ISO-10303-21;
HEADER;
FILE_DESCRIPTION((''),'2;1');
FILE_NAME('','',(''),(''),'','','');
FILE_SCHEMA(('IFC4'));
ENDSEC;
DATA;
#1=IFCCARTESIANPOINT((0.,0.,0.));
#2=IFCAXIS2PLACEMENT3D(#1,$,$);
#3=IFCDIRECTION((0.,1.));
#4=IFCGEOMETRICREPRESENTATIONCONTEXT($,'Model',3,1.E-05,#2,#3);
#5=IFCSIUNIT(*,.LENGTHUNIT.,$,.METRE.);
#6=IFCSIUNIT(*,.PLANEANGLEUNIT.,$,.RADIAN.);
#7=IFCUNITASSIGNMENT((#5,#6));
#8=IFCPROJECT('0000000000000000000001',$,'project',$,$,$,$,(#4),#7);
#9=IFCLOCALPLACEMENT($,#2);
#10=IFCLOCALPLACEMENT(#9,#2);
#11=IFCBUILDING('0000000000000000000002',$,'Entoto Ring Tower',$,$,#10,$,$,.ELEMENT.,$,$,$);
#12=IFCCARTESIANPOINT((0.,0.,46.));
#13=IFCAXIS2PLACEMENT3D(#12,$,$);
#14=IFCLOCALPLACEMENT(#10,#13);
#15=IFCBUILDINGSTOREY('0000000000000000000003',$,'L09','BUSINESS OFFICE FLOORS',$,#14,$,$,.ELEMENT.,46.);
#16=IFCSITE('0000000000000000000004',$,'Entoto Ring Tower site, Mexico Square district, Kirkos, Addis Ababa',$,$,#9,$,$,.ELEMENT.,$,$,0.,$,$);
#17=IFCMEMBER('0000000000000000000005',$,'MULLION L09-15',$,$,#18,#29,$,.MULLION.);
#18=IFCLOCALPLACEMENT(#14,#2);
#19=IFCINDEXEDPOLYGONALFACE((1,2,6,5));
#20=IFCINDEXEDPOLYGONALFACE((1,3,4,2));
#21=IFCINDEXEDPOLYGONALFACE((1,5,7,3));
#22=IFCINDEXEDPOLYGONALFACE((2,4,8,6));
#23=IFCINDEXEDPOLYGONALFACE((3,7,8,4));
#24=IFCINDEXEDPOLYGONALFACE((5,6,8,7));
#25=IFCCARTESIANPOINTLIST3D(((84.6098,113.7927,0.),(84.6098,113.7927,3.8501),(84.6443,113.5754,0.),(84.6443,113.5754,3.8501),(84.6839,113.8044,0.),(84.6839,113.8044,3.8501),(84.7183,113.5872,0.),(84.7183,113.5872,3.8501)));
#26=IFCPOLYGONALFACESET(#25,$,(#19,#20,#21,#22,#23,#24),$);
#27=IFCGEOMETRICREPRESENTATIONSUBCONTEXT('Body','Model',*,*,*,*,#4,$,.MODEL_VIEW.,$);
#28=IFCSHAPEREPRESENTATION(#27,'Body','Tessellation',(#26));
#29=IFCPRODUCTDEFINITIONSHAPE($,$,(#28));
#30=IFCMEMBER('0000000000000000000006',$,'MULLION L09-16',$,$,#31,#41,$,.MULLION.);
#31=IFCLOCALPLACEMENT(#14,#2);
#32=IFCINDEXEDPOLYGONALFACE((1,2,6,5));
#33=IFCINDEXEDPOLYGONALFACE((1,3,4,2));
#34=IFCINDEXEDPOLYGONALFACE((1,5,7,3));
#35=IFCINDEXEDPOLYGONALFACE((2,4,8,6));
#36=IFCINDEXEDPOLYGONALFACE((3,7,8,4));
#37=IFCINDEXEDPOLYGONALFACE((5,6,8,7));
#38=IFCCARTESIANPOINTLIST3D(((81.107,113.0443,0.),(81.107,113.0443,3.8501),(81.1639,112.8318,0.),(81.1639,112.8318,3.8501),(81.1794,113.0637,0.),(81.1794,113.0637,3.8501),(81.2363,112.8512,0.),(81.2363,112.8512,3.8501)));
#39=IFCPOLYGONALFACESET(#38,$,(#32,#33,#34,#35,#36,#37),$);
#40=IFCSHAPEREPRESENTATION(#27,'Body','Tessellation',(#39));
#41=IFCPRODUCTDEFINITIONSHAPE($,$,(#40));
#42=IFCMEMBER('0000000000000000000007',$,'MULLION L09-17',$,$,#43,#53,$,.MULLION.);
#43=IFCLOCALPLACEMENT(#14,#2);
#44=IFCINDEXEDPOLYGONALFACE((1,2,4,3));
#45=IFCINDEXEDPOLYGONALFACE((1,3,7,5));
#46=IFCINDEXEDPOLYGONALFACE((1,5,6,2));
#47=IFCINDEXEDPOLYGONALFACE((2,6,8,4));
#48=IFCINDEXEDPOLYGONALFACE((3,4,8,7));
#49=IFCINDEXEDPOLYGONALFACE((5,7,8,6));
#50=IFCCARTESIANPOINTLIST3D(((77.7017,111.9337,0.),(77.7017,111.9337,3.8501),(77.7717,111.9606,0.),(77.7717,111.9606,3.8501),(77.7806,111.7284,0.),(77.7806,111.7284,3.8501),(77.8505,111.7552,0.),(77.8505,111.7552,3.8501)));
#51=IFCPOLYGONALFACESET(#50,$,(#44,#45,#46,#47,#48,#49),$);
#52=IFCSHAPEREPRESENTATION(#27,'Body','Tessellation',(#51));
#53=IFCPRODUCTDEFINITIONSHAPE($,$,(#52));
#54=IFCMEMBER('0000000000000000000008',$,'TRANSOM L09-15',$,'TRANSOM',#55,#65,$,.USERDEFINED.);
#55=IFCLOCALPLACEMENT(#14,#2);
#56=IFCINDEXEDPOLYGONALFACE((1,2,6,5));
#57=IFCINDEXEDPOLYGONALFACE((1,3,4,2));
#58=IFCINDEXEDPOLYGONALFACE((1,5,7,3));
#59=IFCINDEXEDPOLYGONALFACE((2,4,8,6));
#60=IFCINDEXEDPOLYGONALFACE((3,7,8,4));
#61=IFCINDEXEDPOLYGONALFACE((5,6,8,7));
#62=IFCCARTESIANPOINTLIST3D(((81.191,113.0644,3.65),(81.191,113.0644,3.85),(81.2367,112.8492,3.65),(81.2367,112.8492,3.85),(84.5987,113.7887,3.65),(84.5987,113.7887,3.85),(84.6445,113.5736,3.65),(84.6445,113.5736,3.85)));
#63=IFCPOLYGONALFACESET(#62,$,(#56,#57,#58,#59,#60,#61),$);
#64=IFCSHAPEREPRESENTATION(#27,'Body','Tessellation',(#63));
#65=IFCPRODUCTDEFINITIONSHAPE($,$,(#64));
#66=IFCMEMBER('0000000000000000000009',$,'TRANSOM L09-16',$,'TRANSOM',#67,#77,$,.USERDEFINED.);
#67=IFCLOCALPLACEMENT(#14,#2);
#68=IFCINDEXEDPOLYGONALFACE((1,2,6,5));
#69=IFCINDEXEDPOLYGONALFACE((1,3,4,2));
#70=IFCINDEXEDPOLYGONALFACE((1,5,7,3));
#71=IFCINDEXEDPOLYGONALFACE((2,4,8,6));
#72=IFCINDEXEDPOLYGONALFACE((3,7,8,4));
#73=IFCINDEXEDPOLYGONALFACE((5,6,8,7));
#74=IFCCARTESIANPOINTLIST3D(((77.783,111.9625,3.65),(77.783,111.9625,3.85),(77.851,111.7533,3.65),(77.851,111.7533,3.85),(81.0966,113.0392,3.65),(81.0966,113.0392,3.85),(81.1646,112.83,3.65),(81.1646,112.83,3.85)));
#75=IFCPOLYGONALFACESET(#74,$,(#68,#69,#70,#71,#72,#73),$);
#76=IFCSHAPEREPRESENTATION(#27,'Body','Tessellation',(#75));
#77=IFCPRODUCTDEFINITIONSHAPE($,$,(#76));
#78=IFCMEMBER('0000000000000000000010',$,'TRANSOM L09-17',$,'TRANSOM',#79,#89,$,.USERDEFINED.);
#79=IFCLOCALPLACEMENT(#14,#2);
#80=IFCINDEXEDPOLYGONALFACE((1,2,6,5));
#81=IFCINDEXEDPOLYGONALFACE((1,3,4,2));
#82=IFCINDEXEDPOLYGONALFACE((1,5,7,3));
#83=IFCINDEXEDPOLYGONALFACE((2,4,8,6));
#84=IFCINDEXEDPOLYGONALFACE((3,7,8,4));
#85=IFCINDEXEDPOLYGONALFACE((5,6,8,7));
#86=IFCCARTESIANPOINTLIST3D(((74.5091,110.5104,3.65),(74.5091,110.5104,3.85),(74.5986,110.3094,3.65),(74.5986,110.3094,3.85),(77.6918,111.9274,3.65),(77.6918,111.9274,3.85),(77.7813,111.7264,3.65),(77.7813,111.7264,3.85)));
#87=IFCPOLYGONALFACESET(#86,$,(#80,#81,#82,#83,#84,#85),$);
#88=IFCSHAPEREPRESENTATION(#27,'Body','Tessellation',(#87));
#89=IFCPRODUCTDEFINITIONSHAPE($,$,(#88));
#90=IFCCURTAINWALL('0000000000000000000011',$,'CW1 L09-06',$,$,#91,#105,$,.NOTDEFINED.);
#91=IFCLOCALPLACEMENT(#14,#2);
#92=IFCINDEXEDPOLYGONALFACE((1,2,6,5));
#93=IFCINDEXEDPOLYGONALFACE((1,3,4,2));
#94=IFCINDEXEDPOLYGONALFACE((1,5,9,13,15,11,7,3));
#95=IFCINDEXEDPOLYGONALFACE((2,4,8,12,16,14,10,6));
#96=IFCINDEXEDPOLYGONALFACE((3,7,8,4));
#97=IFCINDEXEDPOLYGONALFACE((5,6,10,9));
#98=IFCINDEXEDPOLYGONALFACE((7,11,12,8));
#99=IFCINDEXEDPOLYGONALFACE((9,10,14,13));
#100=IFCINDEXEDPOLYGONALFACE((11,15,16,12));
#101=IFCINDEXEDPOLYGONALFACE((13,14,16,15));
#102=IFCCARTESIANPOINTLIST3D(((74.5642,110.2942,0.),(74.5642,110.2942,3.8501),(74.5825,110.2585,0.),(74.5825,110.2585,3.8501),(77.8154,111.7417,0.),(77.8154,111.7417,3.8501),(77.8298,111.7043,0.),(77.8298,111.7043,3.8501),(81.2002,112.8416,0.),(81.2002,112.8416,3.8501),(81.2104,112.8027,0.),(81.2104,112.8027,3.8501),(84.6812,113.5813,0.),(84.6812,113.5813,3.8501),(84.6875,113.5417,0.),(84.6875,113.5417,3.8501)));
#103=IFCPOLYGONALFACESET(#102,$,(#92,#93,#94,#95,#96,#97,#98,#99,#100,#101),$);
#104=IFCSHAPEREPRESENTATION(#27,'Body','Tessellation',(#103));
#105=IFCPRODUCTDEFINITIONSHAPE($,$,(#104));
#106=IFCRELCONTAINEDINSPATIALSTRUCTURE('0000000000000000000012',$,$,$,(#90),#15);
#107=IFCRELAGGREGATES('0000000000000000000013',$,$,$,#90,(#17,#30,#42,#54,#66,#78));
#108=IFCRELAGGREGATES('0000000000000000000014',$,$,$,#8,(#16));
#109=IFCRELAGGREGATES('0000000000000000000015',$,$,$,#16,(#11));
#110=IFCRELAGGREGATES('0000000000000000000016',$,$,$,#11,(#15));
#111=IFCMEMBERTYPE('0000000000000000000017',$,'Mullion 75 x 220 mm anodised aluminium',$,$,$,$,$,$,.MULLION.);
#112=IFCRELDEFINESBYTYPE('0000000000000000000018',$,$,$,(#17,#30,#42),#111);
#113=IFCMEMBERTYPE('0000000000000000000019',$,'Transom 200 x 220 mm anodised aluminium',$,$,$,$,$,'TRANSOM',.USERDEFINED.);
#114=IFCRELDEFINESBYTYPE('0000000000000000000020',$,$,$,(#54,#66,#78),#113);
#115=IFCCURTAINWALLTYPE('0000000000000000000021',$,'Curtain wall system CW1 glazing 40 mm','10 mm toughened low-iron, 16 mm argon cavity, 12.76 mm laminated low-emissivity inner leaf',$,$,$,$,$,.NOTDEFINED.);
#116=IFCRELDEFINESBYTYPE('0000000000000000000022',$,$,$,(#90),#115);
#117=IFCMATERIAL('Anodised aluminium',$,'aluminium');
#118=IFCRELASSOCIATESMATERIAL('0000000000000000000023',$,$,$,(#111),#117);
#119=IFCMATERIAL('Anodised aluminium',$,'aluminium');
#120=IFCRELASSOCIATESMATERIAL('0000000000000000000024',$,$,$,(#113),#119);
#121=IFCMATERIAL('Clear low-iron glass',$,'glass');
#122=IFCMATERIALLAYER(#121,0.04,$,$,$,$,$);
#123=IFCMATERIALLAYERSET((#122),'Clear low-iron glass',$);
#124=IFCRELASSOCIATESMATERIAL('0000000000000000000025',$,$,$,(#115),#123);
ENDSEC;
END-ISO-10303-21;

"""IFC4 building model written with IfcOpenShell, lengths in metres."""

from ifc_helpers import new_model, si_unit, direction, frame, origin, origin_2d, place, context, subcontext, project, spatial, polyline, rectangle, outline, extrude, material, layer, layer_set, material_profile, profile_set, type_object, element, aggregate, save


model = new_model("IFC4")

# Units and contexts
model_context = context("Model", 3, precision=1e-05, world=origin(), true_north=direction((0.0, 1.0)))
body_context = subcontext(model_context, "Body", "Model", "MODEL_VIEW")
ifc_project = project(units=[si_unit("LENGTHUNIT", "METRE"), si_unit("PLANEANGLEUNIT", "RADIAN")], contexts=[model_context])

# Members
ifc_material_1 = material(Name="Anodised aluminium", Category="aluminium")
ifc_material_profile_1 = material_profile(ifc_material_1, rectangle(XDim=0.075, YDim=0.22, at=origin_2d()), Name="Mullion 75 x 220 mm anodised aluminium")
ifc_profile_set_1 = profile_set([ifc_material_profile_1], Name="Anodised aluminium")
member_type_1 = type_object("IfcMemberType", Name="Mullion 75 x 220 mm anodised aluminium", PredefinedType="MULLION", material=ifc_profile_set_1)
site_placement = place(None, origin())
building_placement = place(site_placement, origin())
storey_placement = place(building_placement, frame((0.0, 0.0, 46.0)))
member_1_placement = place(storey_placement, frame((84.6641, 113.6899, 0.0), z_axis=(0.0, 0.0, 1.0), x_axis=(-0.987688, -0.156434, 0.0)))
member_1 = element("IfcMember", 1, at=member_1_placement, type_object=member_type_1, Name="MULLION L09-15", PredefinedType="MULLION", context=body_context, shape_type="SweptSolid", body=[
    extrude(rectangle(XDim=0.075, YDim=0.22, at=origin_2d()), origin(), (0.0, 0.0, 1.0), 3.8501),
])
member_2_placement = place(storey_placement, frame((81.1716, 112.9478, 0.0), z_axis=(0.0, 0.0, 1.0), x_axis=(-0.965926, -0.258819, 0.0)))
member_2 = element("IfcMember", 2, at=member_2_placement, type_object=member_type_1, Name="MULLION L09-16", PredefinedType="MULLION", context=body_context, shape_type="SweptSolid", body=[
    extrude(rectangle(XDim=0.075, YDim=0.22, at=origin_2d()), origin(), (0.0, 0.0, 1.0), 3.8501),
])
member_3_placement = place(storey_placement, frame((77.7761, 111.8445, 0.0), z_axis=(0.0, 0.0, 1.0), x_axis=(-0.93358, -0.358368, 0.0)))
member_3 = element("IfcMember", 3, at=member_3_placement, type_object=member_type_1, Name="MULLION L09-17", PredefinedType="MULLION", context=body_context, shape_type="SweptSolid", body=[
    extrude(rectangle(XDim=0.075, YDim=0.22, at=origin_2d()), origin(), (0.0, 0.0, 1.0), 3.8501),
])
ifc_material_2 = material(Name="Anodised aluminium", Category="aluminium")
ifc_material_profile_2 = material_profile(ifc_material_2, rectangle(XDim=0.22, YDim=0.2, at=origin_2d()), Name="Transom 200 x 220 mm anodised aluminium")
ifc_profile_set_2 = profile_set([ifc_material_profile_2], Name="Anodised aluminium")
member_type_2 = type_object("IfcMemberType", Name="Transom 200 x 220 mm anodised aluminium", ElementType="TRANSOM", PredefinedType="USERDEFINED", material=ifc_profile_set_2)
member_4_placement = place(storey_placement, frame((84.6216, 113.6812, 3.75), z_axis=(-0.978146, -0.207921, 0.0), x_axis=(0.207921, -0.978146, 0.0)))
member_4 = element("IfcMember", 4, at=member_4_placement, type_object=member_type_2, Name="TRANSOM L09-15", ObjectType="TRANSOM", PredefinedType="USERDEFINED", context=body_context, shape_type="SweptSolid", body=[
    extrude(rectangle(XDim=0.22, YDim=0.2, at=origin_2d()), origin(), (0.0, 0.0, 1.0), 3.4839),
])
member_5_placement = place(storey_placement, frame((81.1306, 112.9346, 3.75), z_axis=(-0.951053, -0.309029, 0.0), x_axis=(0.309029, -0.951053, 0.0)))
member_5 = element("IfcMember", 5, at=member_5_placement, type_object=member_type_2, Name="TRANSOM L09-16", ObjectType="TRANSOM", PredefinedType="USERDEFINED", context=body_context, shape_type="SweptSolid", body=[
    extrude(rectangle(XDim=0.22, YDim=0.2, at=origin_2d()), origin(), (0.0, 0.0, 1.0), 3.4841),
])
member_6_placement = place(storey_placement, frame((77.7366, 111.8269, 3.75), z_axis=(-0.913545, -0.406737, 0.0), x_axis=(0.406737, -0.913545, 0.0)))
member_6 = element("IfcMember", 6, at=member_6_placement, type_object=member_type_2, Name="TRANSOM L09-17", ObjectType="TRANSOM", PredefinedType="USERDEFINED", context=body_context, shape_type="SweptSolid", body=[
    extrude(rectangle(XDim=0.22, YDim=0.2, at=origin_2d()), origin(), (0.0, 0.0, 1.0), 3.4839),
])

# Site, building, storey
site = spatial("IfcSite", under=ifc_project, at=site_placement, Name="Entoto Ring Tower site, Mexico Square district, Kirkos, Addis Ababa", CompositionType="ELEMENT", RefElevation=0.0)
building = spatial("IfcBuilding", under=site, at=building_placement, Name="Entoto Ring Tower", CompositionType="ELEMENT")
storey = spatial("IfcBuildingStorey", under=building, at=storey_placement, Name="L09", Description="BUSINESS OFFICE FLOORS", CompositionType="ELEMENT", Elevation=46.0)

# Curtain wall
ifc_material_3 = material(Name="Clear low-iron glass", Category="glass")
ifc_layer = layer(ifc_material_3, 0.04)
ifc_layer_set = layer_set([ifc_layer], Name="Clear low-iron glass")
curtain_wall_type = type_object("IfcCurtainWallType", Name="Curtain wall system CW1 glazing 40 mm", Description="10 mm toughened low-iron, 16 mm argon cavity, 12.76 mm laminated low-emissivity inner leaf", PredefinedType="NOTDEFINED", material=ifc_layer_set)
curtain_wall_1_placement = place(storey_placement, origin())
curtain_wall_1 = element("IfcCurtainWall", 7, at=curtain_wall_1_placement, inside=storey, type_object=curtain_wall_type, Name="CW1 L09-06", PredefinedType="NOTDEFINED", context=body_context, shape_type="SweptSolid", body=[
    extrude(outline(polyline([(84.6812, 113.5813), (81.2002, 112.8416), (77.8154, 111.7417), (74.5642, 110.2942), (74.5825, 110.2585), (77.8298, 111.7043), (81.2104, 112.8027), (84.6875, 113.5417), (84.6812, 113.5813)])), origin(), (0.0, 0.0, 1.0), 3.8501),
])
aggregate(curtain_wall_1, [member_1, member_2, member_3, member_4, member_5, member_6])

save(model, "model.ifc")
